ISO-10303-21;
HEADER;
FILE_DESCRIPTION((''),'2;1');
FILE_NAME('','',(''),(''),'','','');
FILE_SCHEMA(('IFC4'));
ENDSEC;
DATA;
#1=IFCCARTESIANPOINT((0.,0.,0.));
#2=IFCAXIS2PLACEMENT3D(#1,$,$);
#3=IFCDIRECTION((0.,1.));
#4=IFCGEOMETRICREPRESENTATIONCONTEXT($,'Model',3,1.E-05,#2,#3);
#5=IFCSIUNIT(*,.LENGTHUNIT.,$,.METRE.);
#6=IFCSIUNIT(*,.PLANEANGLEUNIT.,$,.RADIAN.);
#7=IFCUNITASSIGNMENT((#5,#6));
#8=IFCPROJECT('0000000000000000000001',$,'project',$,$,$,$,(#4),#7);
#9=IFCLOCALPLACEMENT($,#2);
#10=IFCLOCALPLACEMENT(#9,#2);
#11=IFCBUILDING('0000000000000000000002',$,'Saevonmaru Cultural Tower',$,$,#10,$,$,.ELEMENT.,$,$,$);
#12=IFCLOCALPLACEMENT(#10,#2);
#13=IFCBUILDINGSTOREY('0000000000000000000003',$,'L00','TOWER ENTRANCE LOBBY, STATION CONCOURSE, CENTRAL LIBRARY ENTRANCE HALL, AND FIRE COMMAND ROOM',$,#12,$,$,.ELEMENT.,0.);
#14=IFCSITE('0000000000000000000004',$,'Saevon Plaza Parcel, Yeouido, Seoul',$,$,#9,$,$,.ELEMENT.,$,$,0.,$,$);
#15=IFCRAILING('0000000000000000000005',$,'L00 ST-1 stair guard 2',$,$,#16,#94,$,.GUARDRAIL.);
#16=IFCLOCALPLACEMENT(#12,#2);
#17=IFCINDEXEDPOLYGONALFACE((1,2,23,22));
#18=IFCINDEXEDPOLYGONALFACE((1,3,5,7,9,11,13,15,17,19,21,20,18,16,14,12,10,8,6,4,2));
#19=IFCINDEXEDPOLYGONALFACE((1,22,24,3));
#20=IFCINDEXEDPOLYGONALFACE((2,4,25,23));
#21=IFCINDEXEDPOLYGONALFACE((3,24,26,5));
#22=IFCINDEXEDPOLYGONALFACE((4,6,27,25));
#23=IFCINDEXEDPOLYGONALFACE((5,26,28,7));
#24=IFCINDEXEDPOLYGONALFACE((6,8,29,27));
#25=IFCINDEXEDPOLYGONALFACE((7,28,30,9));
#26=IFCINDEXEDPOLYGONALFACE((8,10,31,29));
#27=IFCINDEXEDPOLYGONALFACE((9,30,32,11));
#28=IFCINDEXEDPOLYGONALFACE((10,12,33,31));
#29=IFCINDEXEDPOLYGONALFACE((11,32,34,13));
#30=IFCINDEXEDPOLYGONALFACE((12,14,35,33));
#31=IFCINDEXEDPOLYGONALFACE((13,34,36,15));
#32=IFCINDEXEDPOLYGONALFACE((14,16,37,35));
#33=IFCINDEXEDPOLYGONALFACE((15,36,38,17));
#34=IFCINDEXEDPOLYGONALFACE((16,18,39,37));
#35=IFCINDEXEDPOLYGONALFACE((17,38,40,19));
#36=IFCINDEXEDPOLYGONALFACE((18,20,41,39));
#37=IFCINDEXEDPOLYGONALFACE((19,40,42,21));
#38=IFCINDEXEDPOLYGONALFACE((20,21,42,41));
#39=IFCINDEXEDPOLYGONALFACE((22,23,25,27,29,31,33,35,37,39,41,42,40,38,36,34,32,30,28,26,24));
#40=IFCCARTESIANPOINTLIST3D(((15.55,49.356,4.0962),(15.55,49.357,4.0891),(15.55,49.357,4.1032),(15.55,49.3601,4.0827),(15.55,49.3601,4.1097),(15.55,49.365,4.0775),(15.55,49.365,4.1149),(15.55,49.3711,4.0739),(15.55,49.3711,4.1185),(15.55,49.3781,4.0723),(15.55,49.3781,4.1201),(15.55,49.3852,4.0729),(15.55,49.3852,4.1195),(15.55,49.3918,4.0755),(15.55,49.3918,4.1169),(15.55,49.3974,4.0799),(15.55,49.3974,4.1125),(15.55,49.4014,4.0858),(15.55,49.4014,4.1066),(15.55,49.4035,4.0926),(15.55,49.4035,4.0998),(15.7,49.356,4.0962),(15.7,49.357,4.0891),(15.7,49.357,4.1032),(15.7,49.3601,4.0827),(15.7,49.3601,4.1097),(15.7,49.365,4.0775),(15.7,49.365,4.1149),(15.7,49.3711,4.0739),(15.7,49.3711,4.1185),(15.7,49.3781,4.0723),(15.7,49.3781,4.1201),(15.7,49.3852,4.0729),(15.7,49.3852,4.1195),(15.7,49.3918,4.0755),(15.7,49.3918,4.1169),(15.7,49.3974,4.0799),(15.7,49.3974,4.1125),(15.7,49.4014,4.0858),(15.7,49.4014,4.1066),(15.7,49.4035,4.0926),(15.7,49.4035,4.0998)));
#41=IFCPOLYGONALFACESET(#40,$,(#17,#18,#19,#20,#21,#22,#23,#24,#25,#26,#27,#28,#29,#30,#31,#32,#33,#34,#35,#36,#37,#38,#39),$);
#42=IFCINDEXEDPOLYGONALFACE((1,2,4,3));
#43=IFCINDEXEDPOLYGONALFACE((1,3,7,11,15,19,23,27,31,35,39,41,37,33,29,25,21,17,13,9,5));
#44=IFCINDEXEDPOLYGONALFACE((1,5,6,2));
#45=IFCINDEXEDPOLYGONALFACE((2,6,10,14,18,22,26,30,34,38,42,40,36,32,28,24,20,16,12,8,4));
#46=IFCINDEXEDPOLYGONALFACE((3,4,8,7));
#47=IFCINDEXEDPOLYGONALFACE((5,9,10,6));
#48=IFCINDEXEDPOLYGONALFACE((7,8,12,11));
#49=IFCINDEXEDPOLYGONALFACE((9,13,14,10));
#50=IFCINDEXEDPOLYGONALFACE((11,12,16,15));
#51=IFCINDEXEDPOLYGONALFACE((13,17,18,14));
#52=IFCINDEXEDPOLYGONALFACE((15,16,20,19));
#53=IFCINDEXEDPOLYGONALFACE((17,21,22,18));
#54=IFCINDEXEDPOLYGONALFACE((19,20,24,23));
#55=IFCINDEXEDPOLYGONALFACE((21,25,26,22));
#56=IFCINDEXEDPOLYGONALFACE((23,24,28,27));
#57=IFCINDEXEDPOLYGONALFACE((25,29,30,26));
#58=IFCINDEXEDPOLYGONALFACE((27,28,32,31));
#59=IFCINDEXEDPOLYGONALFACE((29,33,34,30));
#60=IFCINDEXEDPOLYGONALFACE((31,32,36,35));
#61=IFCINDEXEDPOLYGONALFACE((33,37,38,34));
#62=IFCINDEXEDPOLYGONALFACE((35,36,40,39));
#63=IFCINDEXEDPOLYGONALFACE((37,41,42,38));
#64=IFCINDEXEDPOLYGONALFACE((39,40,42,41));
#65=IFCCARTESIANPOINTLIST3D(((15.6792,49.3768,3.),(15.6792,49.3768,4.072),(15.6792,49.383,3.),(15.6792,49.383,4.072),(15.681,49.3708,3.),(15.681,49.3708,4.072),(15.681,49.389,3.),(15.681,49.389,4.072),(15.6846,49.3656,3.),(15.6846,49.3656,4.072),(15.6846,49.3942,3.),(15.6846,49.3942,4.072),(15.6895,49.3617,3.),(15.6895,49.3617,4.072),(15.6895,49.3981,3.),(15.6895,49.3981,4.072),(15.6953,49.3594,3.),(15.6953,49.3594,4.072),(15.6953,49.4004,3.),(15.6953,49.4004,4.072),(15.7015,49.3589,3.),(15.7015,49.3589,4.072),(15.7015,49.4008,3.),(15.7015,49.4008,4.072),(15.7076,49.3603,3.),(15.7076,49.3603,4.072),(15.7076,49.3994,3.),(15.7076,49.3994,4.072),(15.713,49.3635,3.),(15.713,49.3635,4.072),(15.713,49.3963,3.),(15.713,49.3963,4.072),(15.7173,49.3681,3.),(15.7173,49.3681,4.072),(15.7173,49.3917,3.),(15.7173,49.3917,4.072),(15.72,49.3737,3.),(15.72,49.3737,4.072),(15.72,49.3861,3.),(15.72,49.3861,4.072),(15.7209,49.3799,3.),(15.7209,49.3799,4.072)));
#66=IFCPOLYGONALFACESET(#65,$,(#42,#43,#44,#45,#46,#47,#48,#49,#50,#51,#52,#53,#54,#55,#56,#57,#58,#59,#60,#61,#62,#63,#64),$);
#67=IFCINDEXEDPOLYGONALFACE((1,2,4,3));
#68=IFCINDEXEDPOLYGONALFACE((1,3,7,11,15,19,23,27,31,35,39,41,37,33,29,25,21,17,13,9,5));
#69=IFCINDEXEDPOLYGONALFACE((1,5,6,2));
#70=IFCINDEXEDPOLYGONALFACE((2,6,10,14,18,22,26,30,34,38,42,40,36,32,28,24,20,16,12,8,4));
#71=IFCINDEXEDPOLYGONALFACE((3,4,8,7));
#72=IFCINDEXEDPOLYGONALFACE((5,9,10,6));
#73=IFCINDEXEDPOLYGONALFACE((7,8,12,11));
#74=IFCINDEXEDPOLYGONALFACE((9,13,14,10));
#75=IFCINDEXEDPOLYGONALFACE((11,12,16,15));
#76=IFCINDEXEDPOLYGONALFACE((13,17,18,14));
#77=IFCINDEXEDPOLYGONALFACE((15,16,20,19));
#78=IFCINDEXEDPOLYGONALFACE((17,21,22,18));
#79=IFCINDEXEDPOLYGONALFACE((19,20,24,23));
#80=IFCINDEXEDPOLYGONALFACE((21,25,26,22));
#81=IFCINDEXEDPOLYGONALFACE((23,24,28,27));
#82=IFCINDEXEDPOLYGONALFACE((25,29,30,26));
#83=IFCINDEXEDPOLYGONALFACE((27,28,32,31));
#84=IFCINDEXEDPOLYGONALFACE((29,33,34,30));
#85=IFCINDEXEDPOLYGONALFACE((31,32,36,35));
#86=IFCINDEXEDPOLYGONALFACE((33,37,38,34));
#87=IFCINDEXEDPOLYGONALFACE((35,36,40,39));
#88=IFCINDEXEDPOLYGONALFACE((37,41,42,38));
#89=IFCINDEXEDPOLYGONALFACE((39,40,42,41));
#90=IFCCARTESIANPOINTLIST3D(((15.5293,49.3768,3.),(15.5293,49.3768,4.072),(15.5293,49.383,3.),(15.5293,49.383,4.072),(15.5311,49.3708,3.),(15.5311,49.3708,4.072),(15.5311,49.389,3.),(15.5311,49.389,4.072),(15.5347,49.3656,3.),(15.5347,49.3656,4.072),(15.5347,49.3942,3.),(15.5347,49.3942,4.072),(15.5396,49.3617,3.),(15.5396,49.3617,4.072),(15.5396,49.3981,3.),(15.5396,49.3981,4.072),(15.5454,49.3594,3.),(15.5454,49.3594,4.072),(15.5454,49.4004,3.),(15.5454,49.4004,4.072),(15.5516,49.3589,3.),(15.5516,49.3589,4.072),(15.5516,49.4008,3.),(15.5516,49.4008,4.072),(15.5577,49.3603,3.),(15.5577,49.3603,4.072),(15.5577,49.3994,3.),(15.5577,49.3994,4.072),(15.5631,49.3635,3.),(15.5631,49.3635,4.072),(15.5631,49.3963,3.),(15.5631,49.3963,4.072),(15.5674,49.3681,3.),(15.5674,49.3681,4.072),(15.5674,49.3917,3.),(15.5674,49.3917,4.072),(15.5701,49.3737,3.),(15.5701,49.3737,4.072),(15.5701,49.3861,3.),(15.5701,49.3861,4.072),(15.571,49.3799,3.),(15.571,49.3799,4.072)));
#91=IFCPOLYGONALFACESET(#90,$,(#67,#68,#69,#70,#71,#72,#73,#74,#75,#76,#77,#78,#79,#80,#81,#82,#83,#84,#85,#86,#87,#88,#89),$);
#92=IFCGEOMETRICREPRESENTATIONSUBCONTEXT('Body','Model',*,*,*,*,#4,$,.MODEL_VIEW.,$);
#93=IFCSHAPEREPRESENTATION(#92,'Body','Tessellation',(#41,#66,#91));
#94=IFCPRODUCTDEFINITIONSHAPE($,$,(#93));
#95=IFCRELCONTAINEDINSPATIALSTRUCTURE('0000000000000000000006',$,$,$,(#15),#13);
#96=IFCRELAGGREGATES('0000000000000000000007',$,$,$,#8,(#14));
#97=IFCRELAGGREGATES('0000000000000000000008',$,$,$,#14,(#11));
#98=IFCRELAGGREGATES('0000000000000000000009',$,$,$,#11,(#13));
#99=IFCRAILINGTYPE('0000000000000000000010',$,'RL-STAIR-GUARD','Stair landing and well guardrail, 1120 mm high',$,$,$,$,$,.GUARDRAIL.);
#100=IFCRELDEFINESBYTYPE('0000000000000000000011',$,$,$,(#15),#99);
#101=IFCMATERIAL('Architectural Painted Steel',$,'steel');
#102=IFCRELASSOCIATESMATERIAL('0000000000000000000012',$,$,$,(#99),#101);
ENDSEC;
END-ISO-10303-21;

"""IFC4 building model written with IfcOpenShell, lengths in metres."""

from ifc_helpers import new_model, si_unit, direction, frame, origin, origin_2d, place, context, subcontext, project, spatial, circle, extrude, material, type_object, element, save


model = new_model("IFC4")

# Units and contexts
model_context = context("Model", 3, precision=1e-05, world=origin(), true_north=direction((0.0, 1.0)))
body_context = subcontext(model_context, "Body", "Model", "MODEL_VIEW")
ifc_project = project(units=[si_unit("LENGTHUNIT", "METRE"), si_unit("PLANEANGLEUNIT", "RADIAN")], contexts=[model_context])

# Site, building, storey
site_placement = place(None, origin())
site = spatial("IfcSite", under=ifc_project, at=site_placement, Name="Saevon Plaza Parcel, Yeouido, Seoul", CompositionType="ELEMENT", RefElevation=0.0)
building_placement = place(site_placement, origin())
building = spatial("IfcBuilding", under=site, at=building_placement, Name="Saevonmaru Cultural Tower", CompositionType="ELEMENT")
storey_placement = place(building_placement, origin())
storey = spatial("IfcBuildingStorey", under=building, at=storey_placement, Name="L00", Description="TOWER ENTRANCE LOBBY, STATION CONCOURSE, CENTRAL LIBRARY ENTRANCE HALL, AND FIRE COMMAND ROOM", CompositionType="ELEMENT", Elevation=0.0)

# Railing
ifc_material_1 = material(Name="Architectural Painted Steel", Category="steel")
railing_type = type_object("IfcRailingType", Name="RL-STAIR-GUARD", Description="Stair landing and well guardrail, 1120 mm high", PredefinedType="GUARDRAIL", material=ifc_material_1)
railing_1_placement = place(storey_placement, frame((15.7, 49.3799, 3.0)))
element("IfcRailing", 1, at=railing_1_placement, inside=storey, type_object=railing_type, Name="L00 ST-1 stair guard 2", PredefinedType="GUARDRAIL", context=body_context, shape_type="SweptSolid", body=[
    extrude(circle(Radius=0.0239, at=origin_2d()), frame((0.0, 0.0, 1.0962), z_axis=(-1.0, 0.0, 0.0), x_axis=(0.0, -1.0, 0.0)), (0.0, 0.0, 1.0), 0.1499),
    extrude(circle(Radius=0.021, at=origin_2d()), origin(), (0.0, 0.0, 1.0), 1.072),
    extrude(circle(Radius=0.021, at=origin_2d()), frame((-0.1499, 0.0, 0.0)), (0.0, 0.0, 1.0), 1.072),
])

save(model, "model.ifc")
